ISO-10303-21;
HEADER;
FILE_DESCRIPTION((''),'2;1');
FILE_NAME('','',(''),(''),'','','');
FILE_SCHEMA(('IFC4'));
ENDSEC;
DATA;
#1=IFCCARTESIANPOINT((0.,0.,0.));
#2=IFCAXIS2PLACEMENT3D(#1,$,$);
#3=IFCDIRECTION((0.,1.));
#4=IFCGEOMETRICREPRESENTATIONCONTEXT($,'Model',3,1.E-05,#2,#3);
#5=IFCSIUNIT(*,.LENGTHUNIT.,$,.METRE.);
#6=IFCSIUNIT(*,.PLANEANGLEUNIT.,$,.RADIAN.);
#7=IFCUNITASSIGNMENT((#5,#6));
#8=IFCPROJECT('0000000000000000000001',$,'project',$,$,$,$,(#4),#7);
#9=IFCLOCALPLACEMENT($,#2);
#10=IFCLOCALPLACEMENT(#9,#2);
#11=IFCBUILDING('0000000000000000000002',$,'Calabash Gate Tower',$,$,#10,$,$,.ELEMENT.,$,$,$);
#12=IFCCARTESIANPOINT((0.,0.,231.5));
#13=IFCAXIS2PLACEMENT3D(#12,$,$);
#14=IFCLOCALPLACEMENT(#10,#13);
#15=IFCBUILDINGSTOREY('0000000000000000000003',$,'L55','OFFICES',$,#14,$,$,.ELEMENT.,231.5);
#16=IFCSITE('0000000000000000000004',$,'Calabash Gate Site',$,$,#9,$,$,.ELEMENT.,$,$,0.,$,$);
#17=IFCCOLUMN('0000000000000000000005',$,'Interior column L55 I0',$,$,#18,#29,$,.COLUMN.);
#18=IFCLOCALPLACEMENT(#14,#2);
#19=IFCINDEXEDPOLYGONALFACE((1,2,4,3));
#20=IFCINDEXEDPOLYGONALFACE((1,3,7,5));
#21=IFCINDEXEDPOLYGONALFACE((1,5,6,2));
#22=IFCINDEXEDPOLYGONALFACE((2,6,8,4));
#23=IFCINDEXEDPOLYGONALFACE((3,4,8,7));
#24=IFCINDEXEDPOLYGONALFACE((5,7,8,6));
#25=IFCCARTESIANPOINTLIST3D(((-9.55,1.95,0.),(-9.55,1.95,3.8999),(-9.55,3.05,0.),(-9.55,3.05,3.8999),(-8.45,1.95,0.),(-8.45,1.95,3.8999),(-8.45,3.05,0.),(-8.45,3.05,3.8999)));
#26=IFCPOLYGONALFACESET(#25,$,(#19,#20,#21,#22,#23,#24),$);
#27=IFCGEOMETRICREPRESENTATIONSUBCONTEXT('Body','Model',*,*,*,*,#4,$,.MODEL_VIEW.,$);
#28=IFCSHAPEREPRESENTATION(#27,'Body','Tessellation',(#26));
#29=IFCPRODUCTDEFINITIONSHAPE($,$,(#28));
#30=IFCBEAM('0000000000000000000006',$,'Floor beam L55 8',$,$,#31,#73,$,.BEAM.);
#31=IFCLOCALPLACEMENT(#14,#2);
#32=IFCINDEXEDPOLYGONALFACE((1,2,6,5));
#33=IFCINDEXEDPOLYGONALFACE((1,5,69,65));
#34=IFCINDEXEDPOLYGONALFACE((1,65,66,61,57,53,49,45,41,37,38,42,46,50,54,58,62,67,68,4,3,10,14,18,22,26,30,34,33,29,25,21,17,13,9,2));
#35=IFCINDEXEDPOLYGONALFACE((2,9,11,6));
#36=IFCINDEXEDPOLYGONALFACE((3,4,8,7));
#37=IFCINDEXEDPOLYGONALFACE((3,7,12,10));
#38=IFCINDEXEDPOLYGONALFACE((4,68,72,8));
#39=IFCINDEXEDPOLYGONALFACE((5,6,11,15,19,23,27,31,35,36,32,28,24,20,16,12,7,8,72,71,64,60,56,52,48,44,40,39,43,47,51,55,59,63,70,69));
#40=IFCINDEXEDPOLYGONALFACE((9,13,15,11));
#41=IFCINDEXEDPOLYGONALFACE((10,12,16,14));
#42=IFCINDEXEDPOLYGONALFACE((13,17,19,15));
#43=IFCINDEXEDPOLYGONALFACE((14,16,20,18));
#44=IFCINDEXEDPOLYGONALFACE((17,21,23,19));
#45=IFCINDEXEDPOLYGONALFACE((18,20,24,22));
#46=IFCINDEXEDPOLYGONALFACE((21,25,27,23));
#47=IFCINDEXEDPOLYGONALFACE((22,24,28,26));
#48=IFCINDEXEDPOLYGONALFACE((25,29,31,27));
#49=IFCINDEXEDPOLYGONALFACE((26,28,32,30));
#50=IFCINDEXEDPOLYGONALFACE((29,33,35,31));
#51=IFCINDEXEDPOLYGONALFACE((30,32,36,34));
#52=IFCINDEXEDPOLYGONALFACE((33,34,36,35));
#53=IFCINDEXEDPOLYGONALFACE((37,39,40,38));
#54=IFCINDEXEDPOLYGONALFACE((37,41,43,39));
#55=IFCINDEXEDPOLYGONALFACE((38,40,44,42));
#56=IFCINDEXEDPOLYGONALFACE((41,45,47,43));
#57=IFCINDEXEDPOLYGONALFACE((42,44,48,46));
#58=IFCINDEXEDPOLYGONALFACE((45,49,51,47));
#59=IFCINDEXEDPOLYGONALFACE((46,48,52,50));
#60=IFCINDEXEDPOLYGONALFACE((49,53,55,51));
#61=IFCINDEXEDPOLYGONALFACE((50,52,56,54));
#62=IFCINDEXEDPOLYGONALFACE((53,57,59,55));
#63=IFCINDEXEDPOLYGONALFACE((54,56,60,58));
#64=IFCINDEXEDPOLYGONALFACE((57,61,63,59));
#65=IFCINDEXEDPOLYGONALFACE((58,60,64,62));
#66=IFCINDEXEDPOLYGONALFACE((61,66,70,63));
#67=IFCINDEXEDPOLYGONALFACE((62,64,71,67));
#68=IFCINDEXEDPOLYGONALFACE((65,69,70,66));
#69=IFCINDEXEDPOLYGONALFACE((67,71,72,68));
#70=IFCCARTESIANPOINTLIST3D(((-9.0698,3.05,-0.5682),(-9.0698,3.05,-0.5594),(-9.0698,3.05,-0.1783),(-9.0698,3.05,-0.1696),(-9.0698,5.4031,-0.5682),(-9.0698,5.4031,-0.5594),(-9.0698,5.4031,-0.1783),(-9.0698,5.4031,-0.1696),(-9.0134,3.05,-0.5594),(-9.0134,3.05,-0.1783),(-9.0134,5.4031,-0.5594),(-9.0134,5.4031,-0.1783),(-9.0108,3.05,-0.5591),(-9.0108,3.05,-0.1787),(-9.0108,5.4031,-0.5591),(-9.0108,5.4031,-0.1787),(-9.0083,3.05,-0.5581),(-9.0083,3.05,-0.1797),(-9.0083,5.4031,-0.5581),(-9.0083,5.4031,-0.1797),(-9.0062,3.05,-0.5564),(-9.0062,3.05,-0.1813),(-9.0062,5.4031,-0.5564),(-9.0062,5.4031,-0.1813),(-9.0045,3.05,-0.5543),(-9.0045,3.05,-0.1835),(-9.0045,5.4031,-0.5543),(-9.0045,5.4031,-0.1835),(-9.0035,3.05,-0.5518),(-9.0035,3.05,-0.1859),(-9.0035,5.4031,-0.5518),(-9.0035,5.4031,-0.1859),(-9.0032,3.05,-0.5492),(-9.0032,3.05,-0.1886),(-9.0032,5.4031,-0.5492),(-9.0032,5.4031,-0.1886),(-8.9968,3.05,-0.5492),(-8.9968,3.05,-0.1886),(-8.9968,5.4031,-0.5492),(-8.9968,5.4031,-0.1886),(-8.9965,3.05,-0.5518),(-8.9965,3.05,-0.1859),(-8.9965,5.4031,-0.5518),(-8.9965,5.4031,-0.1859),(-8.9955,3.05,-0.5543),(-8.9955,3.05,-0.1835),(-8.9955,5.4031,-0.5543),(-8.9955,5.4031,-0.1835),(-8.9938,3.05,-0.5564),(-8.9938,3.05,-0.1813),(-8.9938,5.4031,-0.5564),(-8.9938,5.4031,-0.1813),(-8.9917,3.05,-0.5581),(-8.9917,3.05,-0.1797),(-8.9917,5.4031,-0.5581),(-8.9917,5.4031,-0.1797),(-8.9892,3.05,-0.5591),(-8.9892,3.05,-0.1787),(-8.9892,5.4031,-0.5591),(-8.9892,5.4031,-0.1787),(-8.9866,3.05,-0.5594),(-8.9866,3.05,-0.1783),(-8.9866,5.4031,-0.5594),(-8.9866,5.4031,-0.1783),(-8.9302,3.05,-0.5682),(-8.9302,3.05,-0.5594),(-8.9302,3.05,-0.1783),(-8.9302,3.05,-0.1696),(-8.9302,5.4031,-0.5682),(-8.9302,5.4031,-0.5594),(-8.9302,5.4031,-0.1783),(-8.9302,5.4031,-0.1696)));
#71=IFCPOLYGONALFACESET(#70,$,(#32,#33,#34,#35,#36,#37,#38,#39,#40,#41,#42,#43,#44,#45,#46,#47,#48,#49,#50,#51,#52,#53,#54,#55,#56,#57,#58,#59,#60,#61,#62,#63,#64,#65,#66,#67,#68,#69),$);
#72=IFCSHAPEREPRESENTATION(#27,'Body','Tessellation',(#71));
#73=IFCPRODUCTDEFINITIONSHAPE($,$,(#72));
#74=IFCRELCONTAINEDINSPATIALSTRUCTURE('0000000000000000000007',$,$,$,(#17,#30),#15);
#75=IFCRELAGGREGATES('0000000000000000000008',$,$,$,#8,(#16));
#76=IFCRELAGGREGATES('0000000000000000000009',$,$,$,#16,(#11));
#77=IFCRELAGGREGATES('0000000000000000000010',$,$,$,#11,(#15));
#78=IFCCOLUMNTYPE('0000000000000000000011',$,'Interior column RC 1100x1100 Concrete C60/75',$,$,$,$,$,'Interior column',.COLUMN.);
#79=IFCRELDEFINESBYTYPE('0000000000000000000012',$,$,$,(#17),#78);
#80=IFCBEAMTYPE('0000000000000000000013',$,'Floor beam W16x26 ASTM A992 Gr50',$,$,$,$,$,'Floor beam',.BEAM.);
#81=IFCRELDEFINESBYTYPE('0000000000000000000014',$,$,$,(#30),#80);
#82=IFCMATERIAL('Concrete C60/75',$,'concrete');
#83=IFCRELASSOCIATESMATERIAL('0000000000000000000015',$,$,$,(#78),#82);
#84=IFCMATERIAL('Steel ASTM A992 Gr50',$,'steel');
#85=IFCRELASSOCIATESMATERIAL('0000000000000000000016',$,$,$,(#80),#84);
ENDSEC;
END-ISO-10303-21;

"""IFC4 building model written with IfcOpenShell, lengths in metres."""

from ifc_helpers import new_model, si_unit, direction, frame, origin, origin_2d, place, context, subcontext, project, spatial, rectangle, i_section, extrude, material, material_profile, profile_set, type_object, element, save


model = new_model("IFC4")

# Units and contexts
model_context = context("Model", 3, precision=1e-05, world=origin(), true_north=direction((0.0, 1.0)))
body_context = subcontext(model_context, "Body", "Model", "MODEL_VIEW")
ifc_project = project(units=[si_unit("LENGTHUNIT", "METRE"), si_unit("PLANEANGLEUNIT", "RADIAN")], contexts=[model_context])

# Site, building, storey
site_placement = place(None, origin())
site = spatial("IfcSite", under=ifc_project, at=site_placement, Name="Calabash Gate Site", CompositionType="ELEMENT", RefElevation=0.0)
building_placement = place(site_placement, origin())
building = spatial("IfcBuilding", under=site, at=building_placement, Name="Calabash Gate Tower", CompositionType="ELEMENT")
storey_placement = place(building_placement, frame((0.0, 0.0, 231.5)))
storey = spatial("IfcBuildingStorey", under=building, at=storey_placement, Name="L55", Description="OFFICES", CompositionType="ELEMENT", Elevation=231.5)

# Column
ifc_material_1 = material(Name="Concrete C60/75", Category="concrete")
ifc_material_profile_1 = material_profile(ifc_material_1, rectangle(XDim=1.1001, YDim=1.1001, at=origin_2d()))
ifc_profile_set_1 = profile_set([ifc_material_profile_1], Name="Concrete C60/75")
column_type = type_object("IfcColumnType", Name="Interior column RC 1100x1100 Concrete C60/75", ElementType="Interior column", PredefinedType="COLUMN", material=ifc_profile_set_1)
column_placement = place(storey_placement, frame((-9.0, 2.5, 0.0), z_axis=(0.0, 0.0, 1.0), x_axis=(1.0, 0.0, 0.0)))
element("IfcColumn", 1, at=column_placement, inside=storey, type_object=column_type, Name="Interior column L55 I0", PredefinedType="COLUMN", context=body_context, shape_type="SweptSolid", body=[
    extrude(rectangle(XDim=1.1001, YDim=1.1001, at=origin_2d()), origin(), (0.0, 0.0, 1.0), 3.8999),
])

# Beam
ifc_material_2 = material(Name="Steel ASTM A992 Gr50", Category="steel")
ifc_material_profile_2 = material_profile(ifc_material_2, i_section(OverallWidth=0.1396, OverallDepth=0.3987, WebThickness=0.0063, FlangeThickness=0.0088, FilletRadius=0.0103, at=origin_2d()))
ifc_profile_set_2 = profile_set([ifc_material_profile_2], Name="Steel ASTM A992 Gr50")
beam_type = type_object("IfcBeamType", Name="Floor beam W16x26 ASTM A992 Gr50", ElementType="Floor beam", PredefinedType="BEAM", material=ifc_profile_set_2)
beam_placement = place(storey_placement, frame((-9.0, 3.05, -0.3689), z_axis=(0.0, 1.0, 0.0), x_axis=(-1.0, 0.0, 0.0)))
element("IfcBeam", 2, at=beam_placement, inside=storey, type_object=beam_type, Name="Floor beam L55 8", PredefinedType="BEAM", context=body_context, shape_type="SweptSolid", body=[
    extrude(i_section(OverallWidth=0.1396, OverallDepth=0.3987, WebThickness=0.0063, FlangeThickness=0.0088, FilletRadius=0.0103, at=origin_2d()), origin(), (0.0, 0.0, 1.0), 2.353),
])

save(model, "model.ifc")
